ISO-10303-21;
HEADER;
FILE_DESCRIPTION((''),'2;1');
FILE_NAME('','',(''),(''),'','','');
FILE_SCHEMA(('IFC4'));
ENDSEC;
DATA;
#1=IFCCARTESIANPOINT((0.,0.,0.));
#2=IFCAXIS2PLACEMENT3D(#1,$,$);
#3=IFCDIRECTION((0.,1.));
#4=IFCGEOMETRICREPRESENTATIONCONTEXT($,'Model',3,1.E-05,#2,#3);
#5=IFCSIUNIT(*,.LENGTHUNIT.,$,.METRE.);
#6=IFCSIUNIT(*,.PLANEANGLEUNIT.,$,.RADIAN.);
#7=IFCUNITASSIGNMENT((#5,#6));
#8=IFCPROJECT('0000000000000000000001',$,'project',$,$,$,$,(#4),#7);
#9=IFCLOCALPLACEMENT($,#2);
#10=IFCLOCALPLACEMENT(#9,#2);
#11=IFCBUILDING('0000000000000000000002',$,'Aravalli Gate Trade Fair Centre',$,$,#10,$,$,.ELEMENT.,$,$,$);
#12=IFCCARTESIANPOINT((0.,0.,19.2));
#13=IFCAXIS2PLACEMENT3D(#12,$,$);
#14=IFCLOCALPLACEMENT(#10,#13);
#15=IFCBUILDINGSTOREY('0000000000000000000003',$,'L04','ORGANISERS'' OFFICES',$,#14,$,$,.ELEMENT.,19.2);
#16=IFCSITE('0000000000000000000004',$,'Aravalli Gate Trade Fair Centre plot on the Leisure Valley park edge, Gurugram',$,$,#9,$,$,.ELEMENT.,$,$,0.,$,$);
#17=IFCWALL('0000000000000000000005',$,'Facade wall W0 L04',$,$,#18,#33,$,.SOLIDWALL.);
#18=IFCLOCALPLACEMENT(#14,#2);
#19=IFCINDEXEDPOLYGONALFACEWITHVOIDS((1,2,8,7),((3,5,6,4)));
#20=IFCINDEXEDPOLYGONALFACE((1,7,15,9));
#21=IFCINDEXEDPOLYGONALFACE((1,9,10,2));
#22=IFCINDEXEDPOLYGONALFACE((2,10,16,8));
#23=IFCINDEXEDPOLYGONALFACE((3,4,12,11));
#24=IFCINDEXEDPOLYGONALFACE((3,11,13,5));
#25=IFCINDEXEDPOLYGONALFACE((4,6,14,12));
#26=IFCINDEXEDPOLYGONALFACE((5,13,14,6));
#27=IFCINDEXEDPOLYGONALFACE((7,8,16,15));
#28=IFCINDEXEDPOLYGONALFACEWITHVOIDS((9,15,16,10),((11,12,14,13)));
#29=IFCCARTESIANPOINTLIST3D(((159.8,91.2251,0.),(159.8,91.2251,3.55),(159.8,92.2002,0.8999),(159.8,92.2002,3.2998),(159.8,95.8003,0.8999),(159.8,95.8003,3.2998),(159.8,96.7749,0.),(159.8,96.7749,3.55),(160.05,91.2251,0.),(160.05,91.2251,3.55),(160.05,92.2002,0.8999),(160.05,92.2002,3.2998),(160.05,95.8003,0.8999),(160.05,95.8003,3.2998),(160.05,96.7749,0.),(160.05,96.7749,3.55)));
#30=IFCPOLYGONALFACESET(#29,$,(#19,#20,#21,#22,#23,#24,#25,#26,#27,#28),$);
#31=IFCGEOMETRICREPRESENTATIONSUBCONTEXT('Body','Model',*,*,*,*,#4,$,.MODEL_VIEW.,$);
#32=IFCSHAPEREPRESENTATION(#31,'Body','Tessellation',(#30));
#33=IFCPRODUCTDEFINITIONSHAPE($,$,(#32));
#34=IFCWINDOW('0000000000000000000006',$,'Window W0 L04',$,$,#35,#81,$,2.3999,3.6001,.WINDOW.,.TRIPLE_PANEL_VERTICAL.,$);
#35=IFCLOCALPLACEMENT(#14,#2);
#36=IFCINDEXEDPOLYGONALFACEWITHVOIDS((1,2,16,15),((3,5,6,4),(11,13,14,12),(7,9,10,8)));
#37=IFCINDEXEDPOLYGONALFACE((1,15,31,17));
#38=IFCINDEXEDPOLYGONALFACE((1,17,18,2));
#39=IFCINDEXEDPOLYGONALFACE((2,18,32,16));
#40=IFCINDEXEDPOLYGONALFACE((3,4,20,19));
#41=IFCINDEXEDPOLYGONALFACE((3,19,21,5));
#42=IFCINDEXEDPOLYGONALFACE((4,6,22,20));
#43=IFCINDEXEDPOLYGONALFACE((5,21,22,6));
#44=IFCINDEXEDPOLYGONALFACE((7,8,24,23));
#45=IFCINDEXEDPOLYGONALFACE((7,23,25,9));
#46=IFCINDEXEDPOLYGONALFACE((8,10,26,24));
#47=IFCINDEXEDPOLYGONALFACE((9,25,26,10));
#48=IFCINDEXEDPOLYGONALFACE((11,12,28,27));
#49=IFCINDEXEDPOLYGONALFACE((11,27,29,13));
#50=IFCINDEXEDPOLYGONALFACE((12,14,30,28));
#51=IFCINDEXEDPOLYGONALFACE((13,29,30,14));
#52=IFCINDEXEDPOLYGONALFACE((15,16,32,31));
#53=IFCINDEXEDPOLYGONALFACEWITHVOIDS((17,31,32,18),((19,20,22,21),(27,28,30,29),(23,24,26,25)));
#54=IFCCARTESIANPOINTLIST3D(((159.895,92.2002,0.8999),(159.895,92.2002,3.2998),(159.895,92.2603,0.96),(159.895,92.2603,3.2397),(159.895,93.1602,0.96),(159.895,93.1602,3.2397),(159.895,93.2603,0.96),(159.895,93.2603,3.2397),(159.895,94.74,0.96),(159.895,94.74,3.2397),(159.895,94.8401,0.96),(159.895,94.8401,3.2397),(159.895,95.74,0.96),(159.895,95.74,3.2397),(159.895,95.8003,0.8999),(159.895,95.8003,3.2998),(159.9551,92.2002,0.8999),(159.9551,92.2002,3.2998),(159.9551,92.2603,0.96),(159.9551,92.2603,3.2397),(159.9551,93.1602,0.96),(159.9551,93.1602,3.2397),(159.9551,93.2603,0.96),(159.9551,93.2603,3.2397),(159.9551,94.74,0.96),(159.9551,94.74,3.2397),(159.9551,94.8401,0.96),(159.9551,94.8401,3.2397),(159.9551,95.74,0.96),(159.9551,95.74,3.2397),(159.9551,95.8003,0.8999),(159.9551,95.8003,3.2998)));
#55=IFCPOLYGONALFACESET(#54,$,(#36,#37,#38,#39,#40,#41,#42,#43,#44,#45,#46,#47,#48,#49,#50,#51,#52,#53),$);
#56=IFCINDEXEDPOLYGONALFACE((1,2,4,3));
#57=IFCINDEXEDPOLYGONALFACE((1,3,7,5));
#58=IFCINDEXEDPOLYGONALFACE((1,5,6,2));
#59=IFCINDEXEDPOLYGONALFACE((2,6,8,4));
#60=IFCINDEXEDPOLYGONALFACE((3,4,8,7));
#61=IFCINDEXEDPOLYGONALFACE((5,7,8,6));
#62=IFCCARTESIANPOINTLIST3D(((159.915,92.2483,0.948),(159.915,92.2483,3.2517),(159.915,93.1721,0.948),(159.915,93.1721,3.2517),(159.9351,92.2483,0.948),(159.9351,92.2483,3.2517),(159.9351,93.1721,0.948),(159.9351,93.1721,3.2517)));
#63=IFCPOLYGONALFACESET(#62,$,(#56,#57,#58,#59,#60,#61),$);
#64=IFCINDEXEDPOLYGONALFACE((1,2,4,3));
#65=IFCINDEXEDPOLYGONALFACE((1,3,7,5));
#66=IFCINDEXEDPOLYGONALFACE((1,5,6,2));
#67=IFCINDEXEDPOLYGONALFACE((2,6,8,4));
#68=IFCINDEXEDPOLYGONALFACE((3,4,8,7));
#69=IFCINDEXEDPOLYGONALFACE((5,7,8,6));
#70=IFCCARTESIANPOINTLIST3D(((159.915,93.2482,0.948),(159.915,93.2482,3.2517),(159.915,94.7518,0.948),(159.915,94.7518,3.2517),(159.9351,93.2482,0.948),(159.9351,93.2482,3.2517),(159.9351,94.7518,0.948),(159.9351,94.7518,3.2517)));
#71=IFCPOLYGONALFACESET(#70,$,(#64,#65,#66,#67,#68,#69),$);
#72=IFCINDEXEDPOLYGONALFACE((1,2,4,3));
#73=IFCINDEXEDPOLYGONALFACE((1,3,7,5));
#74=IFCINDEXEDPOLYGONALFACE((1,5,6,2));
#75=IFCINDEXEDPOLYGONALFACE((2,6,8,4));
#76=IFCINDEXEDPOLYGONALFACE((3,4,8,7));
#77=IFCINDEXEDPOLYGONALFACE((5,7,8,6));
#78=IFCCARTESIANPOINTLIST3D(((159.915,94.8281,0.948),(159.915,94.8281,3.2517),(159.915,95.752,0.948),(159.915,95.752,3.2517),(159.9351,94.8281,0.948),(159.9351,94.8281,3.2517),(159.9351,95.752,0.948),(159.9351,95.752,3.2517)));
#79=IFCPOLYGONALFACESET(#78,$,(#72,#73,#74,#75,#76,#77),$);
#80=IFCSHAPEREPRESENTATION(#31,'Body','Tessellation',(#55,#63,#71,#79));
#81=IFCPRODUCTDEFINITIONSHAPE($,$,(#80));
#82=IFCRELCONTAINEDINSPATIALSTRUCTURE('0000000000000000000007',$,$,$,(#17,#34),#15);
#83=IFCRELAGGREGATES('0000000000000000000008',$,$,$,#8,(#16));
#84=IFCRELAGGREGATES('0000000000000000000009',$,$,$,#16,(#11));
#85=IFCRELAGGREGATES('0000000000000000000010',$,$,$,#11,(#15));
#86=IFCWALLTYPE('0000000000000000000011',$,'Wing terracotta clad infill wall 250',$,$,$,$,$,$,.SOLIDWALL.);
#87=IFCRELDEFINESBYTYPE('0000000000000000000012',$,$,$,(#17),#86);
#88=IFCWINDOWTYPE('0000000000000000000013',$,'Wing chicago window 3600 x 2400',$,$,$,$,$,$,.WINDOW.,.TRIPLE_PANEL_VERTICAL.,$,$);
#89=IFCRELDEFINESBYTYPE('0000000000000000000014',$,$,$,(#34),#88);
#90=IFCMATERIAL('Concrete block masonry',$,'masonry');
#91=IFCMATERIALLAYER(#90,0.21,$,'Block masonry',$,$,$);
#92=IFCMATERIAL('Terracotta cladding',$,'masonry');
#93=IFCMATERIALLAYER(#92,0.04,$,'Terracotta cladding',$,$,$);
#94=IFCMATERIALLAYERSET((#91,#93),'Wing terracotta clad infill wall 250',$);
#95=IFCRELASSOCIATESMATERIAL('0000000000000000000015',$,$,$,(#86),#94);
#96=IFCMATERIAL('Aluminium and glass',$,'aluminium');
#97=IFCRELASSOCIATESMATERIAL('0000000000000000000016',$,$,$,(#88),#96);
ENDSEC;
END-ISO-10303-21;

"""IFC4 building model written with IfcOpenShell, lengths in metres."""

from ifc_helpers import new_model, si_unit, direction, frame, frame_2d, origin, place, context, subcontext, project, spatial, polyline, rectangle, outline, extrude, material, layer, layer_set, type_object, element, fill, save


model = new_model("IFC4")

# Units and contexts
model_context = context("Model", 3, precision=1e-05, world=origin(), true_north=direction((0.0, 1.0)))
body_context = subcontext(model_context, "Body", "Model", "MODEL_VIEW")
ifc_project = project(units=[si_unit("LENGTHUNIT", "METRE"), si_unit("PLANEANGLEUNIT", "RADIAN")], contexts=[model_context])

# Site, building, storey
site_placement = place(None, origin())
site = spatial("IfcSite", under=ifc_project, at=site_placement, Name="Aravalli Gate Trade Fair Centre plot on the Leisure Valley park edge, Gurugram", CompositionType="ELEMENT", RefElevation=0.0)
building_placement = place(site_placement, origin())
building = spatial("IfcBuilding", under=site, at=building_placement, Name="Aravalli Gate Trade Fair Centre", CompositionType="ELEMENT")
storey_placement = place(building_placement, frame((0.0, 0.0, 19.2)))
storey = spatial("IfcBuildingStorey", under=building, at=storey_placement, Name="L04", Description="ORGANISERS' OFFICES", CompositionType="ELEMENT", Elevation=19.2)

# Shared definitions
ifc_material_1 = material(Name="Aluminium and glass", Category="aluminium")

# Wall, opening, window
ifc_material_2 = material(Name="Concrete block masonry", Category="masonry")
ifc_layer_1 = layer(ifc_material_2, 0.21, Name="Block masonry")
ifc_material_3 = material(Name="Terracotta cladding", Category="masonry")
ifc_layer_2 = layer(ifc_material_3, 0.04, Name="Terracotta cladding")
ifc_layer_set_1 = layer_set([ifc_layer_1, ifc_layer_2], Name="Wing terracotta clad infill wall 250")
wall_type_1 = type_object("IfcWallType", Name="Wing terracotta clad infill wall 250", PredefinedType="SOLIDWALL", material=ifc_layer_set_1)
wall_1_placement = place(storey_placement, frame((159.925, 91.2251, 0.0), z_axis=(0.0, 0.0, 1.0), x_axis=(0.0, 1.0, 0.0)))
wall_1 = element("IfcWall", 1, at=wall_1_placement, inside=storey, type_object=wall_type_1, Name="Facade wall W0 L04", PredefinedType="SOLIDWALL", context=body_context, shape_type="SweptSolid", body=[
    extrude(rectangle(XDim=5.5498, YDim=0.25, at=frame_2d((2.7749, 0.0))), origin(), (0.0, 0.0, 1.0), 3.55),
])
opening_1_placement = place(wall_1_placement, frame((0.9751, 0.0, 0.8999)))
opening_1 = element("IfcOpeningElement", 2, at=opening_1_placement, cuts=wall_1, PredefinedType="OPENING", context=body_context, shape_type="SweptSolid", body=[
    extrude(rectangle(XDim=3.6001, YDim=2.3999, at=frame_2d((1.8, 1.2))), frame((0.0, 0.135, 0.0), z_axis=(0.0, -1.0, 0.0), x_axis=(1.0, 0.0, 0.0)), (0.0, 0.0, 1.0), 0.27),
])
window_type_1 = type_object("IfcWindowType", Name="Wing chicago window 3600 x 2400", PartitioningType="TRIPLE_PANEL_VERTICAL", PredefinedType="WINDOW", material=ifc_material_1)
window_1_placement = place(opening_1_placement, origin())
window_1 = element("IfcWindow", 3, at=window_1_placement, inside=storey, type_object=window_type_1, Name="Window W0 L04", OverallHeight=2.3999, OverallWidth=3.6001, PartitioningType="TRIPLE_PANEL_VERTICAL", PredefinedType="WINDOW", context=body_context, shape_type="SweptSolid", body=[
    extrude(outline(polyline([(0.0, 0.0), (3.6001, 0.0), (3.6001, 2.3999), (0.0, 2.3999), (0.0, 0.0)]), holes=[polyline([(0.0601, 0.0601), (0.96, 0.0601), (0.96, 2.3398), (0.0601, 2.3398), (0.0601, 0.0601)]), polyline([(1.0601, 0.0601), (2.5398, 0.0601), (2.5398, 2.3398), (1.0601, 2.3398), (1.0601, 0.0601)]), polyline([(2.6399, 0.0601), (3.5398, 0.0601), (3.5398, 2.3398), (2.6399, 2.3398), (2.6399, 0.0601)])]), frame((0.0, 0.03, 0.0), z_axis=(0.0, -1.0, 0.0), x_axis=(1.0, 0.0, 0.0)), (0.0, 0.0, 1.0), 0.0601),
    extrude(rectangle(XDim=0.9238, YDim=2.3037, at=frame_2d((0.51, 1.2))), frame((0.0, 0.01, 0.0), z_axis=(0.0, -1.0, 0.0), x_axis=(1.0, 0.0, 0.0)), (0.0, 0.0, 1.0), 0.02),
    extrude(rectangle(XDim=1.5037, YDim=2.3037, at=frame_2d((1.7998, 1.2))), frame((0.0, 0.01, 0.0), z_axis=(0.0, -1.0, 0.0), x_axis=(1.0, 0.0, 0.0)), (0.0, 0.0, 1.0), 0.02),
    extrude(rectangle(XDim=0.9238, YDim=2.3037, at=frame_2d((3.0898, 1.2))), frame((0.0, 0.01, 0.0), z_axis=(0.0, -1.0, 0.0), x_axis=(1.0, 0.0, 0.0)), (0.0, 0.0, 1.0), 0.02),
])
fill(opening_1, window_1)

save(model, "model.ifc")
